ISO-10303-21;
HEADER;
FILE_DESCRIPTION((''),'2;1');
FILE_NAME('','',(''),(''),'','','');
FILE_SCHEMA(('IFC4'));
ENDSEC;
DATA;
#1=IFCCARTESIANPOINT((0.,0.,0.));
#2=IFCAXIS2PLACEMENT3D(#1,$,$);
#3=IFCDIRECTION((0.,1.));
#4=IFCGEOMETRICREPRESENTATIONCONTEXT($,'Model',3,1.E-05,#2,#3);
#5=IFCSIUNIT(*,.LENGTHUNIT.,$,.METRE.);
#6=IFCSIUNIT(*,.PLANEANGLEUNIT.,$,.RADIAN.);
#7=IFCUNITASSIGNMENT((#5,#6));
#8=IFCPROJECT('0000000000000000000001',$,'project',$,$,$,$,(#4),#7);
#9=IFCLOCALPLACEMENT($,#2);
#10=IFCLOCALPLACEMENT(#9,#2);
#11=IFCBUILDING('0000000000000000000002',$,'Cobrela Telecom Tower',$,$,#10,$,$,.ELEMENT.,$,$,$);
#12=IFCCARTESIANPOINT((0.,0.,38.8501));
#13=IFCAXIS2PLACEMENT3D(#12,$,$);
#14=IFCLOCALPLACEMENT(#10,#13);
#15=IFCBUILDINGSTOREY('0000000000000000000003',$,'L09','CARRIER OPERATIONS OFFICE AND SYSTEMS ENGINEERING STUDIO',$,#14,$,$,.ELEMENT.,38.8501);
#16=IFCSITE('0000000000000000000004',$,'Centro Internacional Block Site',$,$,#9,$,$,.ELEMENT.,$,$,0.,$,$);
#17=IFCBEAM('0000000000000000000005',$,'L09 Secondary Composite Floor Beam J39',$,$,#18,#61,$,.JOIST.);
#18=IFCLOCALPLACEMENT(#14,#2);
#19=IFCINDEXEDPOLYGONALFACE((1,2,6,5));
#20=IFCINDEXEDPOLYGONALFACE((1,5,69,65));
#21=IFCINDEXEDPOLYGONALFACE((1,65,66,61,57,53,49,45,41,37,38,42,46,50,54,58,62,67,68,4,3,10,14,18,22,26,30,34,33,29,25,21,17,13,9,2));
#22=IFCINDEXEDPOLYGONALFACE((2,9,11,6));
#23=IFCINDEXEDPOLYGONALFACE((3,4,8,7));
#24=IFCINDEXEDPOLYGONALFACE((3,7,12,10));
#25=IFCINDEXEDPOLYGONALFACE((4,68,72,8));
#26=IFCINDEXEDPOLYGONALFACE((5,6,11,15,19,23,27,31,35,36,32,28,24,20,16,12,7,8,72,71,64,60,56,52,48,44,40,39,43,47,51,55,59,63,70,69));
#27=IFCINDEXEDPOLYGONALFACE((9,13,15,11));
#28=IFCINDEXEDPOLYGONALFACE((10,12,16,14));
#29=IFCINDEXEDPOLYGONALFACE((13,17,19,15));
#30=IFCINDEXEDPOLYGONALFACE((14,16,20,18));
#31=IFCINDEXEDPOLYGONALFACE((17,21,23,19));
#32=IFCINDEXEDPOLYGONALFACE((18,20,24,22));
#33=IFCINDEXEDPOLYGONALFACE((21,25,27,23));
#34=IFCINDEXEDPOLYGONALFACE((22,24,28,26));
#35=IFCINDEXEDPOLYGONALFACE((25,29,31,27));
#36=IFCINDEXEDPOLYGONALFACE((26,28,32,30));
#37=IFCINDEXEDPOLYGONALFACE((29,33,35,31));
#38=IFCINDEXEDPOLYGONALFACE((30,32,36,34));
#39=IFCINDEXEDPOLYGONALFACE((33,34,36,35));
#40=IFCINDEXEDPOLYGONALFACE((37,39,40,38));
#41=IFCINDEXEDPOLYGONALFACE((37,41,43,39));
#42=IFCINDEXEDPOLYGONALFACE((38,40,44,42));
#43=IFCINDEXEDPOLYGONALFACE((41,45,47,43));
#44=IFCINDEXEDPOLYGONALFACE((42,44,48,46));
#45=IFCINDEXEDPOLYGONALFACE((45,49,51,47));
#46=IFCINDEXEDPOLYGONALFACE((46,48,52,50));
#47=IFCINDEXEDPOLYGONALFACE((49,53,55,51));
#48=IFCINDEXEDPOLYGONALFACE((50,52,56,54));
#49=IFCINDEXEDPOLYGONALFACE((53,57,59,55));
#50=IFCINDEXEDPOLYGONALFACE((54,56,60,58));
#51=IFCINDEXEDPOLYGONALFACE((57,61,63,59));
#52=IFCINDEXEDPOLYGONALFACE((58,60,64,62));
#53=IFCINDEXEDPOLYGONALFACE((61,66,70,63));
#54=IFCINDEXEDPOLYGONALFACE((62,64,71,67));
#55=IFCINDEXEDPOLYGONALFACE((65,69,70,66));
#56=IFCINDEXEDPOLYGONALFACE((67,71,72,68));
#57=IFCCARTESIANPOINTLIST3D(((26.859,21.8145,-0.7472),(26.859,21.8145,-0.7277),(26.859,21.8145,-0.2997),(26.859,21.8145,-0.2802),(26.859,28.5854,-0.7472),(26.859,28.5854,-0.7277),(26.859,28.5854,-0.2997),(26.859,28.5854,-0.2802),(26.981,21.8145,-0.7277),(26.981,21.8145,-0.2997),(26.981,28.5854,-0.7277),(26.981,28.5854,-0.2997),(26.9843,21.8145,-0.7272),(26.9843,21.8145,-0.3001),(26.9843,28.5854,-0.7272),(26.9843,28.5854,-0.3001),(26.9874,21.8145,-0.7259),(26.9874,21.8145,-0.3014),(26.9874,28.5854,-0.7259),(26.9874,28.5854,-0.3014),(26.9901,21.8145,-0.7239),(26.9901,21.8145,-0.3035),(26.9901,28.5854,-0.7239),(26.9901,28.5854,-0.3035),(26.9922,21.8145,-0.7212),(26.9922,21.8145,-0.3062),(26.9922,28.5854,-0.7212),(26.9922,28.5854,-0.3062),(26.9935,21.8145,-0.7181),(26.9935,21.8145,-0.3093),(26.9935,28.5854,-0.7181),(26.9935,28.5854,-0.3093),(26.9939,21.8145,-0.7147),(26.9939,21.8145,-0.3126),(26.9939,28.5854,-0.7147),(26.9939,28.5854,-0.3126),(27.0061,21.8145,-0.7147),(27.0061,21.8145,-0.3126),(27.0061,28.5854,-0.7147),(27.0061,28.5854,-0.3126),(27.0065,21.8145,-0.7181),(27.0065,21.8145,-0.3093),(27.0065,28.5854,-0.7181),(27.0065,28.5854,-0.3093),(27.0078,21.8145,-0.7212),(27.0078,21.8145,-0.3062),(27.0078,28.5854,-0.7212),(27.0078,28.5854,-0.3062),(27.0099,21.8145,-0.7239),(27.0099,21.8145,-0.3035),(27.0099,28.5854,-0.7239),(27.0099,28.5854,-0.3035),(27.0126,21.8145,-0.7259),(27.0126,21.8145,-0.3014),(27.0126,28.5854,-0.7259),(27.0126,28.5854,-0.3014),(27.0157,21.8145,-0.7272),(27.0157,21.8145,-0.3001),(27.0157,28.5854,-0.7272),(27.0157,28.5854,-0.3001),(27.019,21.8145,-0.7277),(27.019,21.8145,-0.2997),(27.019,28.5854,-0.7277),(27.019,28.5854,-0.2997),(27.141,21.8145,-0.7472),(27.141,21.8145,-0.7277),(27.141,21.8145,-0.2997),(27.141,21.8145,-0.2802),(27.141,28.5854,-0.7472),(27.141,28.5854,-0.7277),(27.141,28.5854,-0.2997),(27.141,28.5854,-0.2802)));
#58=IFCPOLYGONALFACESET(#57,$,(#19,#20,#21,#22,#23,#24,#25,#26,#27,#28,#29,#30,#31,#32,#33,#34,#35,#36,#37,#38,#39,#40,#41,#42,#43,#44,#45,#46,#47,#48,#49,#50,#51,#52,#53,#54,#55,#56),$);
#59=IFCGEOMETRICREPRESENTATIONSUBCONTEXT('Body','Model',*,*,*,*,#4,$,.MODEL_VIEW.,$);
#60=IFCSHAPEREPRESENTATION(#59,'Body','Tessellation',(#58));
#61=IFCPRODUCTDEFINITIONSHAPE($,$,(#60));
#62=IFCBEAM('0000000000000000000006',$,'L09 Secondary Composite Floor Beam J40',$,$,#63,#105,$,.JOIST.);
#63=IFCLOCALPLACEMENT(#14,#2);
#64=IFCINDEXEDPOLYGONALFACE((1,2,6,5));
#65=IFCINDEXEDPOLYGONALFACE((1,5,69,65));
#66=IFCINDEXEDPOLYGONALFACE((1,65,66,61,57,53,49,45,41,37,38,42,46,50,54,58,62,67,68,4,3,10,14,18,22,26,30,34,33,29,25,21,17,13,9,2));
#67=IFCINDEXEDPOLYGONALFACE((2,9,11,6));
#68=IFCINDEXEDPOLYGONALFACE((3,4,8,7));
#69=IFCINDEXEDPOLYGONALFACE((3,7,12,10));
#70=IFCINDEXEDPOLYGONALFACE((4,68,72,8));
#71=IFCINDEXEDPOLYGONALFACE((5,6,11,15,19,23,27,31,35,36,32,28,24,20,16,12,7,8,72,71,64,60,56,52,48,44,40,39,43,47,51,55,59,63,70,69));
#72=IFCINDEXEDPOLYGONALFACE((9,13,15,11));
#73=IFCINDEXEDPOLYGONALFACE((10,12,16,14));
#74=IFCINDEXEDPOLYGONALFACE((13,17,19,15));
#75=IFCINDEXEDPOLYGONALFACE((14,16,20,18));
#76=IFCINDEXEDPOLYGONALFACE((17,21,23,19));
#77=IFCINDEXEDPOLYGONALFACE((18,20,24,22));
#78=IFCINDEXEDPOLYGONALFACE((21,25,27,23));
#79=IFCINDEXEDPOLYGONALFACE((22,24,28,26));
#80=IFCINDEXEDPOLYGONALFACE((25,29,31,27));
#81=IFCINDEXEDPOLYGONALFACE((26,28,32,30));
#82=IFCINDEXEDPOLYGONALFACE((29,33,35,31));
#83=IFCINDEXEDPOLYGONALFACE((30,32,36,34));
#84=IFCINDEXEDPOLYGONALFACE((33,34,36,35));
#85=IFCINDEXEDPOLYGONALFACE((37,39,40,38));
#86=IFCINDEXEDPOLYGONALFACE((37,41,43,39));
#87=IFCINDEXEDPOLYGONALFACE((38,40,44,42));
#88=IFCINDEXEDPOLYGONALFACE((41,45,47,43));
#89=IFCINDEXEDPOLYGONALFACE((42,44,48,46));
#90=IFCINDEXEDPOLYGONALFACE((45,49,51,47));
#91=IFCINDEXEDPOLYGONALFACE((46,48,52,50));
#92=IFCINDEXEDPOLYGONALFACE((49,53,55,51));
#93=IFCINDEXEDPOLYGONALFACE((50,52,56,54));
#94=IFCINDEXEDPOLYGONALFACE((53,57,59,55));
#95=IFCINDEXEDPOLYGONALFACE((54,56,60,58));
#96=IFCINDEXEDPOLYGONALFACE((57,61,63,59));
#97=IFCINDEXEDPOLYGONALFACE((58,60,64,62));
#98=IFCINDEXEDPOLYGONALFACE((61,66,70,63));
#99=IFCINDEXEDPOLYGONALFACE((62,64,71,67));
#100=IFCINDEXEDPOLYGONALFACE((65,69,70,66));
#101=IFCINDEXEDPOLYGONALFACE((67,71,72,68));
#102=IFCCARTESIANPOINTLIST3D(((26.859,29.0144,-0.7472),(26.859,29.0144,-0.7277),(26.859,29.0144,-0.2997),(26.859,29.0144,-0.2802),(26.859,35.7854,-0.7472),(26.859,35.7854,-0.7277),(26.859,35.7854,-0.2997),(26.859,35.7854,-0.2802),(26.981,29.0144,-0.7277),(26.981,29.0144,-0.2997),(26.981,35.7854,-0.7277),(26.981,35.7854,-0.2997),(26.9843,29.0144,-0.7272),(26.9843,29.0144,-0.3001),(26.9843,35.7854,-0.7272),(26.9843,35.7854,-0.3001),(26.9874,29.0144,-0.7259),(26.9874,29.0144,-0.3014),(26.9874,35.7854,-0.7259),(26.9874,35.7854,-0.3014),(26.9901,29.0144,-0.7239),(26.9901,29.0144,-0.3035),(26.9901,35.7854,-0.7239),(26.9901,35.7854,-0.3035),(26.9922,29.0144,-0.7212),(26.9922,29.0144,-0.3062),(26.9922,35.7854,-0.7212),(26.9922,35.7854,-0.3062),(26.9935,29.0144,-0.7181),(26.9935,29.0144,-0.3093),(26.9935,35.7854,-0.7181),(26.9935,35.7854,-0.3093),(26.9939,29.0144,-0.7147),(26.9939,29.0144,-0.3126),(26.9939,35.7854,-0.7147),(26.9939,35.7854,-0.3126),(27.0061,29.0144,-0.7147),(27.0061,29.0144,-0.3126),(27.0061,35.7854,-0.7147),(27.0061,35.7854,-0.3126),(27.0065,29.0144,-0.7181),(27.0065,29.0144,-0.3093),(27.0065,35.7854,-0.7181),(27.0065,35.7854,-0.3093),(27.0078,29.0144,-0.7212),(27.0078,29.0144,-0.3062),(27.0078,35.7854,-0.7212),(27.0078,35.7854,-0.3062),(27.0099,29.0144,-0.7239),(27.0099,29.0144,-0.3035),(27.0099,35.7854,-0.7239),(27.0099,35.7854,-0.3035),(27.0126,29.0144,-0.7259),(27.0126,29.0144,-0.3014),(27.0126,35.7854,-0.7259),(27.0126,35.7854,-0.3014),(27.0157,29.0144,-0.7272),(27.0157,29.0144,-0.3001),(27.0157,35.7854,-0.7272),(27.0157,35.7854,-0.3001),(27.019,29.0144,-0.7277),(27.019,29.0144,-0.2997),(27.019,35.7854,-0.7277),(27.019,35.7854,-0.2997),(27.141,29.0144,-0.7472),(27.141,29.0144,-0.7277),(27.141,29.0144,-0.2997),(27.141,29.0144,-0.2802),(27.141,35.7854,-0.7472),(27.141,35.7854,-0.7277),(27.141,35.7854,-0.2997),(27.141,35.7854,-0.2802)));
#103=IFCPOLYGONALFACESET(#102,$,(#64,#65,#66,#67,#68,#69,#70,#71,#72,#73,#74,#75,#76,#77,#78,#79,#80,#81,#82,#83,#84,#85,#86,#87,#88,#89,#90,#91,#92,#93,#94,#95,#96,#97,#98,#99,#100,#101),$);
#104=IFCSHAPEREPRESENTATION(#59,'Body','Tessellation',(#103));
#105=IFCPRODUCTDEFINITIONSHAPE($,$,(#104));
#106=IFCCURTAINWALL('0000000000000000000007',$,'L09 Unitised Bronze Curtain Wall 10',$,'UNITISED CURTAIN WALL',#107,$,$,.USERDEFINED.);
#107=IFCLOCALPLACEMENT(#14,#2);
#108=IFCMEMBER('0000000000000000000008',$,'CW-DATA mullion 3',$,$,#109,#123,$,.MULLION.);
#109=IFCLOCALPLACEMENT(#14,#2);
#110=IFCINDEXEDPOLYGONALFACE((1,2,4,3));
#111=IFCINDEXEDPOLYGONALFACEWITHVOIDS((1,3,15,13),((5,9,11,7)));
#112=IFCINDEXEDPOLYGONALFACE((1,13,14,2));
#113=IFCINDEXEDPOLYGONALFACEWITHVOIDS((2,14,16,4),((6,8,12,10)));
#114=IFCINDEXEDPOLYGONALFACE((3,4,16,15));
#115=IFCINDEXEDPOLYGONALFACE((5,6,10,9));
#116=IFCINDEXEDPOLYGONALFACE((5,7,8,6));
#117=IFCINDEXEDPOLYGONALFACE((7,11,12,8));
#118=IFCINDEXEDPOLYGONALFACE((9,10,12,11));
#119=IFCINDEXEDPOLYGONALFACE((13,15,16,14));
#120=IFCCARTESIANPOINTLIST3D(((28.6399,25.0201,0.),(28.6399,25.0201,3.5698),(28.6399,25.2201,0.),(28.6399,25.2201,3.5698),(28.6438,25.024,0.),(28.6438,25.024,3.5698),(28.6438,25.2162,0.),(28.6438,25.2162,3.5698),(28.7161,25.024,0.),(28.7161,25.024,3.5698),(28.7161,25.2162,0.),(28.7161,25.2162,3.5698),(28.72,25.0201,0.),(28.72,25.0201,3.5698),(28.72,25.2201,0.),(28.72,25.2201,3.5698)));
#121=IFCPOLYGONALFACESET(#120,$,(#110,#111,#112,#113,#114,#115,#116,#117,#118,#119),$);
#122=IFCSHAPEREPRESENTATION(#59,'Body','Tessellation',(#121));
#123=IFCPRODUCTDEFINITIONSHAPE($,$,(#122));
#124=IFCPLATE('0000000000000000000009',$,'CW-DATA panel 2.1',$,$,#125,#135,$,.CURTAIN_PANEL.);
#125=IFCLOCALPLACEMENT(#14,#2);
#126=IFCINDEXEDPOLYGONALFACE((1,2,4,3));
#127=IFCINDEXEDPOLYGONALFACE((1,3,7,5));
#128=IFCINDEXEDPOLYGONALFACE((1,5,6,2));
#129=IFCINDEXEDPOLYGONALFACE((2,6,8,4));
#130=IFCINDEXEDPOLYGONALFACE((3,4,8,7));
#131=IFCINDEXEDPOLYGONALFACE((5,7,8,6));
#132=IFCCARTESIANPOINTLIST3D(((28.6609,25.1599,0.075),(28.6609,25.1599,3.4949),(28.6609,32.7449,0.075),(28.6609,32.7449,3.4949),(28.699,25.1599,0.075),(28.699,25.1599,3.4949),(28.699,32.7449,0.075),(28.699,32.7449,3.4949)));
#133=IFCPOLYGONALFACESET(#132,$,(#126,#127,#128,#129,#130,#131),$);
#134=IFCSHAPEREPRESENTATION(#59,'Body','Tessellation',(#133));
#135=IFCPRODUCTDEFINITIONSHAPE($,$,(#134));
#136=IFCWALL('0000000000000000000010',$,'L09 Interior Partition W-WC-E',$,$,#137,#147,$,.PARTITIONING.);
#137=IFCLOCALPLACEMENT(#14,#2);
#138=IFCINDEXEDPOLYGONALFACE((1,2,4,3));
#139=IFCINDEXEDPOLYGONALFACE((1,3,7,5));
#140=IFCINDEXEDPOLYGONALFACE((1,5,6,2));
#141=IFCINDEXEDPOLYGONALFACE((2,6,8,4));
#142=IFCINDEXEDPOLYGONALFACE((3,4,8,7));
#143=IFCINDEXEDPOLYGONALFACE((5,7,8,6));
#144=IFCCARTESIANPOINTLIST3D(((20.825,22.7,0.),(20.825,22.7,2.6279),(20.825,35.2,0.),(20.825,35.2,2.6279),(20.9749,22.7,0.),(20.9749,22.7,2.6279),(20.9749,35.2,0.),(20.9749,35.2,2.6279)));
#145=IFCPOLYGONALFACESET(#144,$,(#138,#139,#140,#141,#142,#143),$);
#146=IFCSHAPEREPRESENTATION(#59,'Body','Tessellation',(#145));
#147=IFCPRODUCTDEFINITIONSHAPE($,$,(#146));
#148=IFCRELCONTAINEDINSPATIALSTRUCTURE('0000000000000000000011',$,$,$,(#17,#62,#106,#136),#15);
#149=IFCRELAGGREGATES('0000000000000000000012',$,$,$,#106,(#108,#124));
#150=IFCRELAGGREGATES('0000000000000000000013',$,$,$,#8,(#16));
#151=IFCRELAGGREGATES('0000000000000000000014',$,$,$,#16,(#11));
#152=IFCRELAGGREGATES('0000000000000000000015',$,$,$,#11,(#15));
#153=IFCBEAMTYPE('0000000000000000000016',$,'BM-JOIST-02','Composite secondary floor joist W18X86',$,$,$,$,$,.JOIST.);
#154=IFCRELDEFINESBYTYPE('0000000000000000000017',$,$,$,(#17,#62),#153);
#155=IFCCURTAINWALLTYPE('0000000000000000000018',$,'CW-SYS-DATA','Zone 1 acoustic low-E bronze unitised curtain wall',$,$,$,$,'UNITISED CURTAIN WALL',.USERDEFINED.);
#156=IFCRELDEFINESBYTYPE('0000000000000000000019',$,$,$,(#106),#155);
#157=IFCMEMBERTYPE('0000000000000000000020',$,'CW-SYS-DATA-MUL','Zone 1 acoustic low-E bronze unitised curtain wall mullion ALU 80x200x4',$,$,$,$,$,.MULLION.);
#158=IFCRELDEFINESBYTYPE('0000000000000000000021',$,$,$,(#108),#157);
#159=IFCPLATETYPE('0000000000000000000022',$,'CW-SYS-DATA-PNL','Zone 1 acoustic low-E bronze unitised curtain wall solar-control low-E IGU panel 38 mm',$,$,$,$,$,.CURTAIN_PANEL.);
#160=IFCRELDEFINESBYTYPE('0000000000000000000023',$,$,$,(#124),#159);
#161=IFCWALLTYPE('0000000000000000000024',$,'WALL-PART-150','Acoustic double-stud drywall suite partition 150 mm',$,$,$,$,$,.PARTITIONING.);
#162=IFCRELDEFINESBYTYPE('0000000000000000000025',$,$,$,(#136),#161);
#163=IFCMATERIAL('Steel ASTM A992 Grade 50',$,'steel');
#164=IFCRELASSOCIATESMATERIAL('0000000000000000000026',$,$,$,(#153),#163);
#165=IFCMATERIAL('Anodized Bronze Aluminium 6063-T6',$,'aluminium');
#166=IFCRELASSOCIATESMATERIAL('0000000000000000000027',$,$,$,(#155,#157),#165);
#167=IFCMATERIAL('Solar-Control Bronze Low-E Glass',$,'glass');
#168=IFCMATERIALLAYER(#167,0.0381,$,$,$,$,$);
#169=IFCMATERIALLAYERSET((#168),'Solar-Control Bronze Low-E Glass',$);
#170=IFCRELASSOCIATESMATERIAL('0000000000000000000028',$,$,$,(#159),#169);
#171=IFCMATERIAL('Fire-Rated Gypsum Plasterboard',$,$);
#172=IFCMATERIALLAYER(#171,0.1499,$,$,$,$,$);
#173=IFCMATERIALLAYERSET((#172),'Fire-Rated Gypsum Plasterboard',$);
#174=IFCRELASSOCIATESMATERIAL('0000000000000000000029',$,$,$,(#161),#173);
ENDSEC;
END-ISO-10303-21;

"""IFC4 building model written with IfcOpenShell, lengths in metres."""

from ifc_helpers import new_model, si_unit, direction, frame, frame_2d, origin, origin_2d, place, context, subcontext, project, spatial, rectangle, hollow_rectangle, i_section, extrude, material, layer, layer_set, material_profile, profile_set, type_object, element, aggregate, save


model = new_model("IFC4")

# Units and contexts
model_context = context("Model", 3, precision=1e-05, world=origin(), true_north=direction((0.0, 1.0)))
body_context = subcontext(model_context, "Body", "Model", "MODEL_VIEW")
ifc_project = project(units=[si_unit("LENGTHUNIT", "METRE"), si_unit("PLANEANGLEUNIT", "RADIAN")], contexts=[model_context])

# Site, building, storey
site_placement = place(None, origin())
site = spatial("IfcSite", under=ifc_project, at=site_placement, Name="Centro Internacional Block Site", CompositionType="ELEMENT", RefElevation=0.0)
building_placement = place(site_placement, origin())
building = spatial("IfcBuilding", under=site, at=building_placement, Name="Cobrela Telecom Tower", CompositionType="ELEMENT")
storey_placement = place(building_placement, frame((0.0, 0.0, 38.8501)))
storey = spatial("IfcBuildingStorey", under=building, at=storey_placement, Name="L09", Description="CARRIER OPERATIONS OFFICE AND SYSTEMS ENGINEERING STUDIO", CompositionType="ELEMENT", Elevation=38.8501)

# Shared definitions
ifc_material_1 = material(Name="Steel ASTM A992 Grade 50", Category="steel")

# Beams
ifc_material_profile_1 = material_profile(ifc_material_1, i_section(OverallWidth=0.282, OverallDepth=0.467, WebThickness=0.0122, FlangeThickness=0.0195, FilletRadius=0.0129, at=origin_2d()), Name="W18X86")
ifc_profile_set_1 = profile_set([ifc_material_profile_1], Name="Steel ASTM A992 Grade 50")
beam_type_1 = type_object("IfcBeamType", Name="BM-JOIST-02", Description="Composite secondary floor joist W18X86", PredefinedType="JOIST", material=ifc_profile_set_1)
for number, where, z_axis, x_axis, name in (
    (1, (27.0, 21.8145, -0.5137), (0.0, 1.0, 0.0), (-1.0, 0.0, 0.0), "L09 Secondary Composite Floor Beam J39"),
    (2, (27.0, 29.0144, -0.5137), (0.0, 1.0, 0.0), (-1.0, 0.0, 0.0), "L09 Secondary Composite Floor Beam J40"),
):
    element("IfcBeam", number, at=place(storey_placement, frame(where, z_axis=z_axis, x_axis=x_axis)), inside=storey, type_object=beam_type_1, Name=name, PredefinedType="JOIST", context=body_context, shape_type="SweptSolid", body=[
        extrude(i_section(OverallWidth=0.282, OverallDepth=0.467, WebThickness=0.0122, FlangeThickness=0.0195, FilletRadius=0.0129, at=origin_2d()), origin(), (0.0, 0.0, 1.0), 6.771),
    ])

# Curtain wall, member, plate
ifc_material_2 = material(Name="Anodized Bronze Aluminium 6063-T6", Category="aluminium")
curtain_wall_type = type_object("IfcCurtainWallType", Name="CW-SYS-DATA", Description="Zone 1 acoustic low-E bronze unitised curtain wall", ElementType="UNITISED CURTAIN WALL", PredefinedType="USERDEFINED", material=ifc_material_2)
curtain_wall_placement = place(storey_placement, origin())
curtain_wall = element("IfcCurtainWall", 3, at=curtain_wall_placement, inside=storey, type_object=curtain_wall_type, Name="L09 Unitised Bronze Curtain Wall 10", ObjectType="UNITISED CURTAIN WALL", PredefinedType="USERDEFINED")
ifc_material_profile_2 = material_profile(ifc_material_2, hollow_rectangle(XDim=0.0801, YDim=0.2, WallThickness=0.0039, at=origin_2d()), Name="ALU 80x200x4")
ifc_profile_set_2 = profile_set([ifc_material_profile_2], Name="Anodized Bronze Aluminium 6063-T6")
member_type = type_object("IfcMemberType", Name="CW-SYS-DATA-MUL", Description="Zone 1 acoustic low-E bronze unitised curtain wall mullion ALU 80x200x4", PredefinedType="MULLION", material=ifc_profile_set_2)
member_placement = place(storey_placement, frame((28.6799, 25.1201, 0.0), z_axis=(0.0, 0.0, 1.0), x_axis=(1.0, 0.0, 0.0)))
member = element("IfcMember", 4, at=member_placement, type_object=member_type, Name="CW-DATA mullion 3", PredefinedType="MULLION", context=body_context, shape_type="SweptSolid", body=[
    extrude(hollow_rectangle(XDim=0.0801, YDim=0.2, WallThickness=0.0039, at=origin_2d()), origin(), (0.0, 0.0, 1.0), 3.5698),
])
ifc_material_3 = material(Name="Solar-Control Bronze Low-E Glass", Category="glass")
ifc_layer_1 = layer(ifc_material_3, 0.0381)
ifc_layer_set_1 = layer_set([ifc_layer_1], Name="Solar-Control Bronze Low-E Glass")
plate_type = type_object("IfcPlateType", Name="CW-SYS-DATA-PNL", Description="Zone 1 acoustic low-E bronze unitised curtain wall solar-control low-E IGU panel 38 mm", PredefinedType="CURTAIN_PANEL", material=ifc_layer_set_1)
plate_placement = place(storey_placement, frame((28.6799, 28.9524, 0.075), z_axis=(0.0, 0.0, 1.0), x_axis=(0.0, -1.0, 0.0)))
plate = element("IfcPlate", 5, at=plate_placement, type_object=plate_type, Name="CW-DATA panel 2.1", PredefinedType="CURTAIN_PANEL", context=body_context, shape_type="SweptSolid", body=[
    extrude(rectangle(XDim=7.585, YDim=0.0381, at=origin_2d()), origin(), (0.0, 0.0, 1.0), 3.4199),
])
aggregate(curtain_wall, [member, plate])

# Wall
ifc_material_4 = material(Name="Fire-Rated Gypsum Plasterboard")
ifc_layer_2 = layer(ifc_material_4, 0.1499)
ifc_layer_set_2 = layer_set([ifc_layer_2], Name="Fire-Rated Gypsum Plasterboard")
wall_type = type_object("IfcWallType", Name="WALL-PART-150", Description="Acoustic double-stud drywall suite partition 150 mm", PredefinedType="PARTITIONING", material=ifc_layer_set_2)
wall_placement = place(storey_placement, frame((20.8999, 22.7, 0.0), z_axis=(0.0, 0.0, 1.0), x_axis=(0.0, 1.0, 0.0)))
element("IfcWall", 6, at=wall_placement, inside=storey, type_object=wall_type, Name="L09 Interior Partition W-WC-E", PredefinedType="PARTITIONING", context=body_context, shape_type="SweptSolid", body=[
    extrude(rectangle(XDim=12.5, YDim=0.1499, at=frame_2d((6.25, 0.0))), origin(), (0.0, 0.0, 1.0), 2.6279),
])

save(model, "model.ifc")
